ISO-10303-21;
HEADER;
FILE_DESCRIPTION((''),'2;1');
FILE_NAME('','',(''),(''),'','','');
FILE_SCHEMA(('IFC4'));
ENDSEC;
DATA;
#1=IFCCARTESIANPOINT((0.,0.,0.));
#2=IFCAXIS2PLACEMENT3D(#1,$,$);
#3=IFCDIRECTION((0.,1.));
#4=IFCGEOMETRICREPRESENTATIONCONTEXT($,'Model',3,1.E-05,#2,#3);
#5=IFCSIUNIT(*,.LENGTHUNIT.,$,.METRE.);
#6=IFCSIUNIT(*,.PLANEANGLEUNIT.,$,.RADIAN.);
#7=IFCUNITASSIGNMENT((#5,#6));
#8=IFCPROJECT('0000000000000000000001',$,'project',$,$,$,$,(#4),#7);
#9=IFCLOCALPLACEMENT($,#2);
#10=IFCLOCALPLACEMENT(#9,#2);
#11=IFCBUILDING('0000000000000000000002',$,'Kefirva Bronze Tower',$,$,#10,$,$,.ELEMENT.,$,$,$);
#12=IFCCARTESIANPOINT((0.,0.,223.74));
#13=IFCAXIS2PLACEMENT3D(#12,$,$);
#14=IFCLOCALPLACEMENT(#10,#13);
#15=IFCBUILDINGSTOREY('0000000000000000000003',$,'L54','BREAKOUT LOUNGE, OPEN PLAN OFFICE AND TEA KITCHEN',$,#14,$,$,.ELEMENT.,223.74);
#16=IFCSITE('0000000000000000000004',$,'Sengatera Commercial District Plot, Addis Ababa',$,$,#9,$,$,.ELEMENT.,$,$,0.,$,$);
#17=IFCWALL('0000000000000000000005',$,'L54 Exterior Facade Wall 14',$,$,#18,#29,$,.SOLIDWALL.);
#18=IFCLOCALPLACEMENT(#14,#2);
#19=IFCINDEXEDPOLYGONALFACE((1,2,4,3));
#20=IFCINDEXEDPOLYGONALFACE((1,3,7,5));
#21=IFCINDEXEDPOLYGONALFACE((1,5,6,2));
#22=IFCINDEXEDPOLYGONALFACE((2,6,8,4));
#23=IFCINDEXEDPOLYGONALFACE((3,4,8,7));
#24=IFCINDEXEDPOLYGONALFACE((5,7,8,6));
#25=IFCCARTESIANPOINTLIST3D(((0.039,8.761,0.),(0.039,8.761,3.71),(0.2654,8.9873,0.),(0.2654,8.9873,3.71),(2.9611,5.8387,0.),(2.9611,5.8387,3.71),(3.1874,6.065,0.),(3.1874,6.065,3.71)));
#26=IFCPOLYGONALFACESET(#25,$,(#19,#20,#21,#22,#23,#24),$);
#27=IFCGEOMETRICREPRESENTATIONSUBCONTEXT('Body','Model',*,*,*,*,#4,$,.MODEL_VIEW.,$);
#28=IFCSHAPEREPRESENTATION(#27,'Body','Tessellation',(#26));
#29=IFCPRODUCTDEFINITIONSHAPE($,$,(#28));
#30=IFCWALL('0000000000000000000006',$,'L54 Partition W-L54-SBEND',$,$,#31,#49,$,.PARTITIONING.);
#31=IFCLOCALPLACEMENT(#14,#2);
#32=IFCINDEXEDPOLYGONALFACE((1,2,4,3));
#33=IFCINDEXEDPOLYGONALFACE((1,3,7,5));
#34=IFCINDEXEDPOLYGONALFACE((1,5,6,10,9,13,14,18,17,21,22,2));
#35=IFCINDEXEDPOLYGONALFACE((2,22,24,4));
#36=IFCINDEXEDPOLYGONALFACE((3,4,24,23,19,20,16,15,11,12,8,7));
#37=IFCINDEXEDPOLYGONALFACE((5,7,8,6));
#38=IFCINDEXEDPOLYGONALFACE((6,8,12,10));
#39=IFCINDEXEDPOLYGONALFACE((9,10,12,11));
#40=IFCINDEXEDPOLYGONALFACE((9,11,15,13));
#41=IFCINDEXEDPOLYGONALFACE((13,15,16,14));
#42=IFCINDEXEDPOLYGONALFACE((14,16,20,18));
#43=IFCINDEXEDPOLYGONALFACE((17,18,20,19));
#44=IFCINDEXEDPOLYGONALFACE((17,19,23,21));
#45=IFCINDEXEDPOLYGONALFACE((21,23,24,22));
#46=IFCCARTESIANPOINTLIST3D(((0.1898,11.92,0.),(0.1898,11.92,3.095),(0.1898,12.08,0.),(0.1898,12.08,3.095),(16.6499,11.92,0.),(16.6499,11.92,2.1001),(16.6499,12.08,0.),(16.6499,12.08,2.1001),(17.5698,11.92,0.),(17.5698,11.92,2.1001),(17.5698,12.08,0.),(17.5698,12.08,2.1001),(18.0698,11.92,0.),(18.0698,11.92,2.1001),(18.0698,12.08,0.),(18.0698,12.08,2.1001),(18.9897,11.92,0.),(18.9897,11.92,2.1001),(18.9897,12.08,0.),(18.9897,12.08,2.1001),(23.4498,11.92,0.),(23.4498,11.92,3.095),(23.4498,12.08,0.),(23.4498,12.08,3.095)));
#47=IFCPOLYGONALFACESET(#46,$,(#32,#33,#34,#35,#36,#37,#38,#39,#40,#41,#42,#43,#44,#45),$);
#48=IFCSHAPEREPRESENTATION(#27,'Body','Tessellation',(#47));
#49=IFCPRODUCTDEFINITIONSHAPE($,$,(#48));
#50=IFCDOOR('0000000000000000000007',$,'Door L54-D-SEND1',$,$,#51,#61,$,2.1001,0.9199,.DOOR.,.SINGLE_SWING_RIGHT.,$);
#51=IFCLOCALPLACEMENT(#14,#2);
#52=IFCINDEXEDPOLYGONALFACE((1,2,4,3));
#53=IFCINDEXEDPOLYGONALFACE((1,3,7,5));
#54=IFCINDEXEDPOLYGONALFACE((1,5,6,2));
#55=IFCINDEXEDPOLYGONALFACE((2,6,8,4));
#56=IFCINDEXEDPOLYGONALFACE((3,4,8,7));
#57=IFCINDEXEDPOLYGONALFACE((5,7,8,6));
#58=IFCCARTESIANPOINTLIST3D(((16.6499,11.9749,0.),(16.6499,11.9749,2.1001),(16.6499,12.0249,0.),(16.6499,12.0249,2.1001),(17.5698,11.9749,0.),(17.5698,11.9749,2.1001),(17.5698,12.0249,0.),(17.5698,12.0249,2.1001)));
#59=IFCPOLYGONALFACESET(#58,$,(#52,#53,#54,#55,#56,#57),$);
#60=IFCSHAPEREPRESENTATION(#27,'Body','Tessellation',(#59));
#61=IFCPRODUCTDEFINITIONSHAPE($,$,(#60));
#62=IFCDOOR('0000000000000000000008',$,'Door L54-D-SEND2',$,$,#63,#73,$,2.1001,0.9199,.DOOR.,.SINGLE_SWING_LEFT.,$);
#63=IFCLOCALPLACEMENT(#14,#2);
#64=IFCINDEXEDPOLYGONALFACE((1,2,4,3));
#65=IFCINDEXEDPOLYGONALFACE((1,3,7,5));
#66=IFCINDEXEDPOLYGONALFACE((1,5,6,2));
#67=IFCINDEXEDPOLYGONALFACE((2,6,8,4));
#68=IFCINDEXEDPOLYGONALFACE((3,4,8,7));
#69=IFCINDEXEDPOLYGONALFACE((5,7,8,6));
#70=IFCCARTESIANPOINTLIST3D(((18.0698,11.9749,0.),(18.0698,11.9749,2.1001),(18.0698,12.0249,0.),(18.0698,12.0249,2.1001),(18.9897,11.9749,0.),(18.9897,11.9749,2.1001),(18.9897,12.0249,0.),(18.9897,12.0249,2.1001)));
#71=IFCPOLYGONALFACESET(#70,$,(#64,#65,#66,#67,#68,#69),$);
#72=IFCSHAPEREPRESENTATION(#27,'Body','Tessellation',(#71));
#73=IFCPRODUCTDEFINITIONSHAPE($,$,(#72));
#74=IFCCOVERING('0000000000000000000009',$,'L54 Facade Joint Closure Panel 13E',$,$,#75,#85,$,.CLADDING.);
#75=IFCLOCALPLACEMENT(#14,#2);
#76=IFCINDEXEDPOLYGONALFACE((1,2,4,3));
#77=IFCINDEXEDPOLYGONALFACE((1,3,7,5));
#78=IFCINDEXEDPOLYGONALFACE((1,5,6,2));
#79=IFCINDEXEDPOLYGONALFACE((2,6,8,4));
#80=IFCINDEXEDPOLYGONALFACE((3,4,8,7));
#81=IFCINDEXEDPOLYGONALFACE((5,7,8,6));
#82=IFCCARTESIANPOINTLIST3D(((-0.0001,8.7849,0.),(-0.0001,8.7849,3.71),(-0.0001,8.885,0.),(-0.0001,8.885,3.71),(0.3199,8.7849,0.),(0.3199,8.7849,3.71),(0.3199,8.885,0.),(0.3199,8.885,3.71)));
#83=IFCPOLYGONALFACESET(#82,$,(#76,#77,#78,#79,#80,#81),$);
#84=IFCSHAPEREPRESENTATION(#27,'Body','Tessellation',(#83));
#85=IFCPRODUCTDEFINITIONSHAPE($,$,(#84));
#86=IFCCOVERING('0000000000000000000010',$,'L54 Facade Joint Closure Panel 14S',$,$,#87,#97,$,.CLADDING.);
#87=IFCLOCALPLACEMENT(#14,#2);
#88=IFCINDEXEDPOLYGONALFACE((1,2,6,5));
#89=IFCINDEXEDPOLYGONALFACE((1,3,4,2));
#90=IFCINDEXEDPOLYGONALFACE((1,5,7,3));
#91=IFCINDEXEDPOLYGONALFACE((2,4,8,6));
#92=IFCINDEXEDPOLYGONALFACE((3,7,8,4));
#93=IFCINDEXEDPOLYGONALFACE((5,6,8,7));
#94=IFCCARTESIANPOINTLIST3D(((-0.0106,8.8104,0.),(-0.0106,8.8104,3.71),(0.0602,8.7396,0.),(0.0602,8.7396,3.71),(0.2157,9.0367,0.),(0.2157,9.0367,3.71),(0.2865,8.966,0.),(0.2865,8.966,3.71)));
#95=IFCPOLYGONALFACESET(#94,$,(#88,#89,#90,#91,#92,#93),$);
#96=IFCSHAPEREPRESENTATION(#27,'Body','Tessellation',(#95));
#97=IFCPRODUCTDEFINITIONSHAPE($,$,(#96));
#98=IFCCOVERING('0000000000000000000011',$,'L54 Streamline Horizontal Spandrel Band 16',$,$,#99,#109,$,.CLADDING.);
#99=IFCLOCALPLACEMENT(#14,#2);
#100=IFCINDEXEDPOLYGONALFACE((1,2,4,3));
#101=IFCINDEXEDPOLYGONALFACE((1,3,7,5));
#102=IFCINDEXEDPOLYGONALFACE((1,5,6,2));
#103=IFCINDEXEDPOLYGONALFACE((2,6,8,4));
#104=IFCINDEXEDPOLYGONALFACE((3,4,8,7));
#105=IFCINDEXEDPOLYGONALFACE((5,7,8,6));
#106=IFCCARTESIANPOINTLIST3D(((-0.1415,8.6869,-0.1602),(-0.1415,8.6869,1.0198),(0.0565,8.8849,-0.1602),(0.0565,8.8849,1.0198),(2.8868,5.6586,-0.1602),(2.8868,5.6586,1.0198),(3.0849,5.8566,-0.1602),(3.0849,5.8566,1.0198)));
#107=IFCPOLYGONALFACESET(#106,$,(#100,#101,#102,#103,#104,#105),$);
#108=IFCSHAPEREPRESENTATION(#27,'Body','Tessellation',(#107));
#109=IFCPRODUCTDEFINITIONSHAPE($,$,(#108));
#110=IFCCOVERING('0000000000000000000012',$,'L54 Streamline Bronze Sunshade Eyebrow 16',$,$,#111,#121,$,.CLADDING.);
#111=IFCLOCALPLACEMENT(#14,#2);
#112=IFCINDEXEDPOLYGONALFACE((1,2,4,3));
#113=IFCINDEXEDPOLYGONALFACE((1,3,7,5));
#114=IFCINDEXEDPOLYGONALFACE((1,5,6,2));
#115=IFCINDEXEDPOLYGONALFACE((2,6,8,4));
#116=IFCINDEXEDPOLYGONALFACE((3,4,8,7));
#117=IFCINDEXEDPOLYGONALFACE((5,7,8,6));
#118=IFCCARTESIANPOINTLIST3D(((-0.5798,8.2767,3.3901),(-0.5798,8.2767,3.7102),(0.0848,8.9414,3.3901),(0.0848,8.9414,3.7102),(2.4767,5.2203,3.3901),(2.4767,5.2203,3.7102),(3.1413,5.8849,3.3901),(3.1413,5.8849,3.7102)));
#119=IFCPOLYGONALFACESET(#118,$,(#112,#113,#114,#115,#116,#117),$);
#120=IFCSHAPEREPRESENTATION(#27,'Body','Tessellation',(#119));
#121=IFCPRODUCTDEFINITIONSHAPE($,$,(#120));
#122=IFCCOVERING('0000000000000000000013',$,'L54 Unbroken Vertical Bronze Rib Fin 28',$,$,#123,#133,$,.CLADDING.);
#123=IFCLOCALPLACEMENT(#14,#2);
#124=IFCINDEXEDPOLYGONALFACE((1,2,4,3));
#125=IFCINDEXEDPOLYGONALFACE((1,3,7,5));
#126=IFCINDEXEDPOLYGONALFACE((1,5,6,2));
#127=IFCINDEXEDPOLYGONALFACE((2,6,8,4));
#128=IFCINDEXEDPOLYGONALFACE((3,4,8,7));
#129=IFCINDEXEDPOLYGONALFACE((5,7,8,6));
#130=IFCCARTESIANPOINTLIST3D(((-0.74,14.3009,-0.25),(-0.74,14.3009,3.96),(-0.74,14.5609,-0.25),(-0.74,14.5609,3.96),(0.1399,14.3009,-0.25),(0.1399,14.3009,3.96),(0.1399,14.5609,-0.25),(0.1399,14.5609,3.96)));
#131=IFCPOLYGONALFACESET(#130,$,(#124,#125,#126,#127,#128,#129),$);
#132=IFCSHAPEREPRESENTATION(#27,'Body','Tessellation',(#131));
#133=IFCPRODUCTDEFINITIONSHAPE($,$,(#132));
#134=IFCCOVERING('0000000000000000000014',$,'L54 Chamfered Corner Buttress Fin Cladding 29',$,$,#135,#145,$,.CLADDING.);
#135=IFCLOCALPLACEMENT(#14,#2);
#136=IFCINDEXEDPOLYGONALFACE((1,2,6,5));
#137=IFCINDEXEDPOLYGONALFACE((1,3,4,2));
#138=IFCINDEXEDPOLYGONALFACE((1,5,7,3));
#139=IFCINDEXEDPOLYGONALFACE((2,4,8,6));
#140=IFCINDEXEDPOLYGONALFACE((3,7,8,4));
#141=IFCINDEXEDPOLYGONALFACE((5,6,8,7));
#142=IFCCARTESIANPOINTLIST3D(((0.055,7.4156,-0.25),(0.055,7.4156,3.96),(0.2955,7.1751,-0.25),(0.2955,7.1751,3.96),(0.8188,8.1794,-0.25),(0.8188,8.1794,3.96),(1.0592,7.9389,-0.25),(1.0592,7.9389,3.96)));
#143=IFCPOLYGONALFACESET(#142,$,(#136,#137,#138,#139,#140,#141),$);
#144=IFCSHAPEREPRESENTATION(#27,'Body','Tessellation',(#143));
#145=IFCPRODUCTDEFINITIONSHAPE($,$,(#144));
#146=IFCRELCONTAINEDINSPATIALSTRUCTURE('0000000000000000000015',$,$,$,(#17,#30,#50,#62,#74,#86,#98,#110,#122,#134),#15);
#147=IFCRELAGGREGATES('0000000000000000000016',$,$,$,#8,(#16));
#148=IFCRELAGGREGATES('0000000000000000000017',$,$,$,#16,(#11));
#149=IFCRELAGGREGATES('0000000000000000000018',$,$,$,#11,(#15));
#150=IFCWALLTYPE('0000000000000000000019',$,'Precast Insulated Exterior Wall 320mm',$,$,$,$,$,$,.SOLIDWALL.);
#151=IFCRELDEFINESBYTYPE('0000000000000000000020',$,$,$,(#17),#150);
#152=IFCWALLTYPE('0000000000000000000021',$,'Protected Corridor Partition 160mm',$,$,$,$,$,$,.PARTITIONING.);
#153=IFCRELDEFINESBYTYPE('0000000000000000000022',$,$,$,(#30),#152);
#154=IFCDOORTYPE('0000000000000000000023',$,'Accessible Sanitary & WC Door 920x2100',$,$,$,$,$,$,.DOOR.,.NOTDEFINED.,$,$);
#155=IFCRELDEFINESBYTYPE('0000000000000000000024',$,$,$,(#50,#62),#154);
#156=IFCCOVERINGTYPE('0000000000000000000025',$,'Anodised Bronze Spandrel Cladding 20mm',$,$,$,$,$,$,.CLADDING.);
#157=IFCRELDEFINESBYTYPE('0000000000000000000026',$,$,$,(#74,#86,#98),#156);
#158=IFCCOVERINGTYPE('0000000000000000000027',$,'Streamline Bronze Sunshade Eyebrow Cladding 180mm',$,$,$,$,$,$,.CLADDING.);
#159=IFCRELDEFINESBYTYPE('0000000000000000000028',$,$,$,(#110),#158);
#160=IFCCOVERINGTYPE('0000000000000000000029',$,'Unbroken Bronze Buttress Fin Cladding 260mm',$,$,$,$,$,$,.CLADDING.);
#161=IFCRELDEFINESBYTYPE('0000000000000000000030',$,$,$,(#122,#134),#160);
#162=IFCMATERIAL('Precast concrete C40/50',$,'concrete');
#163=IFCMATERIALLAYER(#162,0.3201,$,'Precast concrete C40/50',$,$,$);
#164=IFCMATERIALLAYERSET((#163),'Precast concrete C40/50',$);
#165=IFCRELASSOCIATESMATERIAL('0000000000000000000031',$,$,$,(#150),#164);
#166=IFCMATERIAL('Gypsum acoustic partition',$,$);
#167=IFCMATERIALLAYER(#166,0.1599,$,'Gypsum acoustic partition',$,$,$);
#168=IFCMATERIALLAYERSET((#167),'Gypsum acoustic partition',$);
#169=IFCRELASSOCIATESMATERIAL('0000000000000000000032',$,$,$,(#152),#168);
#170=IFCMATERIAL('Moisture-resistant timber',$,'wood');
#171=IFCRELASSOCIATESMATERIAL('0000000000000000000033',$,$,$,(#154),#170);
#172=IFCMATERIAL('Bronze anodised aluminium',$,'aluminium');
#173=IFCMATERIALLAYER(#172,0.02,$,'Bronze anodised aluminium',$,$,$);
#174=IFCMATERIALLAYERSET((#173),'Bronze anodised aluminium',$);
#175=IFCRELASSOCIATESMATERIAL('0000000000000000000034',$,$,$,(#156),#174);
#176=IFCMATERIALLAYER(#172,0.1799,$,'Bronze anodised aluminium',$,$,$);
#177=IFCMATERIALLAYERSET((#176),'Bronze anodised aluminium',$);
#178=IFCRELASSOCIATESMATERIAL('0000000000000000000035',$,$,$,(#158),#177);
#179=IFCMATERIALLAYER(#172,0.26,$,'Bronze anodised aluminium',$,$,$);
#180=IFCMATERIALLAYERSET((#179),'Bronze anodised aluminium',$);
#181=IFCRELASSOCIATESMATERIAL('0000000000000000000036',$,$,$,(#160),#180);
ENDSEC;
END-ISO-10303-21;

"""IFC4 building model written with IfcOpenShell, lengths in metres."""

from ifc_helpers import new_model, si_unit, direction, frame, frame_2d, origin, origin_2d, place, context, subcontext, project, spatial, rectangle, extrude, material, layer, layer_set, type_object, element, fill, save


model = new_model("IFC4")

# Units and contexts
model_context = context("Model", 3, precision=1e-05, world=origin(), true_north=direction((0.0, 1.0)))
body_context = subcontext(model_context, "Body", "Model", "MODEL_VIEW")
ifc_project = project(units=[si_unit("LENGTHUNIT", "METRE"), si_unit("PLANEANGLEUNIT", "RADIAN")], contexts=[model_context])

# Site, building, storey
site_placement = place(None, origin())
site = spatial("IfcSite", under=ifc_project, at=site_placement, Name="Sengatera Commercial District Plot, Addis Ababa", CompositionType="ELEMENT", RefElevation=0.0)
building_placement = place(site_placement, origin())
building = spatial("IfcBuilding", under=site, at=building_placement, Name="Kefirva Bronze Tower", CompositionType="ELEMENT")
storey_placement = place(building_placement, frame((0.0, 0.0, 223.74)))
storey = spatial("IfcBuildingStorey", under=building, at=storey_placement, Name="L54", Description="BREAKOUT LOUNGE, OPEN PLAN OFFICE AND TEA KITCHEN", CompositionType="ELEMENT", Elevation=223.74)

# Wall
ifc_material_1 = material(Name="Gypsum acoustic partition")
ifc_material_2 = material(Name="Precast concrete C40/50", Category="concrete")
ifc_layer_1 = layer(ifc_material_2, 0.3201, Name="Precast concrete C40/50")
ifc_layer_set_1 = layer_set([ifc_layer_1], Name="Precast concrete C40/50")
wall_type_1 = type_object("IfcWallType", Name="Precast Insulated Exterior Wall 320mm", PredefinedType="SOLIDWALL", material=ifc_layer_set_1)
wall_1_placement = place(storey_placement, frame((0.1521, 8.8743, 0.0), z_axis=(0.0, 0.0, 1.0), x_axis=(0.707077, -0.707136, 0.0)))
element("IfcWall", 1, at=wall_1_placement, inside=storey, type_object=wall_type_1, Name="L54 Exterior Facade Wall 14", PredefinedType="SOLIDWALL", context=body_context, shape_type="SweptSolid", body=[
    extrude(rectangle(XDim=4.1326, YDim=0.3201, at=frame_2d((2.0664, 0.0))), origin(), (0.0, 0.0, 1.0), 3.71),
])

# Wall, openings, doors
ifc_layer_2 = layer(ifc_material_1, 0.1599, Name="Gypsum acoustic partition")
ifc_layer_set_2 = layer_set([ifc_layer_2], Name="Gypsum acoustic partition")
wall_type_2 = type_object("IfcWallType", Name="Protected Corridor Partition 160mm", PredefinedType="PARTITIONING", material=ifc_layer_set_2)
wall_2_placement = place(storey_placement, frame((0.1899, 12.0, 0.0), z_axis=(0.0, 0.0, 1.0), x_axis=(1.0, 0.0, 0.0)))
wall_2 = element("IfcWall", 2, at=wall_2_placement, inside=storey, type_object=wall_type_2, Name="L54 Partition W-L54-SBEND", PredefinedType="PARTITIONING", context=body_context, shape_type="SweptSolid", body=[
    extrude(rectangle(XDim=23.26, YDim=0.1599, at=frame_2d((11.6299, 0.0))), origin(), (0.0, 0.0, 1.0), 3.095),
])
opening_1_placement = place(wall_2_placement, frame((16.46, 0.0, 0.0)))
opening_1 = element("IfcOpeningElement", 3, at=opening_1_placement, cuts=wall_2, PredefinedType="OPENING", context=body_context, shape_type="SweptSolid", body=[
    extrude(rectangle(XDim=0.9199, YDim=2.1001, at=frame_2d((0.46, 1.05))), frame((0.0, 0.0898, 0.0), z_axis=(0.0, -1.0, 0.0), x_axis=(1.0, 0.0, 0.0)), (0.0, 0.0, 1.0), 0.1799),
])
opening_2_placement = place(wall_2_placement, frame((17.8799, 0.0, 0.0)))
opening_2 = element("IfcOpeningElement", 4, at=opening_2_placement, cuts=wall_2, PredefinedType="OPENING", context=body_context, shape_type="SweptSolid", body=[
    extrude(rectangle(XDim=0.9199, YDim=2.1001, at=frame_2d((0.46, 1.05))), frame((0.0, 0.0898, 0.0), z_axis=(0.0, -1.0, 0.0), x_axis=(1.0, 0.0, 0.0)), (0.0, 0.0, 1.0), 0.1799),
])
ifc_material_3 = material(Name="Moisture-resistant timber", Category="wood")
door_type = type_object("IfcDoorType", Name="Accessible Sanitary & WC Door 920x2100", OperationType="NOTDEFINED", PredefinedType="DOOR", material=ifc_material_3)
door_1_placement = place(opening_1_placement, origin())
door_1 = element("IfcDoor", 5, at=door_1_placement, inside=storey, type_object=door_type, Name="Door L54-D-SEND1", OperationType="SINGLE_SWING_RIGHT", OverallHeight=2.1001, OverallWidth=0.9199, PredefinedType="DOOR", context=body_context, shape_type="SweptSolid", body=[
    extrude(rectangle(XDim=0.9199, YDim=2.1001, at=frame_2d((0.46, 1.05))), frame((0.0, 0.0249, 0.0), z_axis=(0.0, -1.0, 0.0), x_axis=(1.0, 0.0, 0.0)), (0.0, 0.0, 1.0), 0.05),
])
fill(opening_1, door_1)
door_2_placement = place(opening_2_placement, origin())
door_2 = element("IfcDoor", 6, at=door_2_placement, inside=storey, type_object=door_type, Name="Door L54-D-SEND2", OperationType="SINGLE_SWING_LEFT", OverallHeight=2.1001, OverallWidth=0.9199, PredefinedType="DOOR", context=body_context, shape_type="SweptSolid", body=[
    extrude(rectangle(XDim=0.9199, YDim=2.1001, at=frame_2d((0.46, 1.05))), frame((0.0, 0.0249, 0.0), z_axis=(0.0, -1.0, 0.0), x_axis=(1.0, 0.0, 0.0)), (0.0, 0.0, 1.0), 0.05),
])
fill(opening_2, door_2)

# Coverings
ifc_material_4 = material(Name="Bronze anodised aluminium", Category="aluminium")
ifc_layer_3 = layer(ifc_material_4, 0.02, Name="Bronze anodised aluminium")
ifc_layer_set_3 = layer_set([ifc_layer_3], Name="Bronze anodised aluminium")
covering_type_1 = type_object("IfcCoveringType", Name="Anodised Bronze Spandrel Cladding 20mm", PredefinedType="CLADDING", material=ifc_layer_set_3)
for number, where, z_axis, x_axis, name in (
    (7, (0.1599, 8.835, 0.0), (0.0, 0.0, 1.0), (0.0, -1.0, 0.0), "L54 Facade Joint Closure Panel 13E"),
    (8, (0.1379, 8.8882, 0.0), (0.0, 0.0, 1.0), (0.707107, -0.707107, 0.0), "L54 Facade Joint Closure Panel 14S"),
):
    element("IfcCovering", number, at=place(storey_placement, frame(where, z_axis=z_axis, x_axis=x_axis)), inside=storey, type_object=covering_type_1, Name=name, PredefinedType="CLADDING", context=body_context, shape_type="SweptSolid", body=[
        extrude(rectangle(XDim=0.1001, YDim=0.3201, at=origin_2d()), origin(), (0.0, 0.0, 1.0), 3.71),
    ])
covering_1_placement = place(storey_placement, frame((1.4717, 7.2717, -0.1602), z_axis=(0.0, 0.0, 1.0), x_axis=(0.707107, -0.707107, 0.0)))
element("IfcCovering", 9, at=covering_1_placement, inside=storey, type_object=covering_type_1, Name="L54 Streamline Horizontal Spandrel Band 16", PredefinedType="CLADDING", context=body_context, shape_type="SweptSolid", body=[
    extrude(rectangle(XDim=4.2827, YDim=0.28, at=origin_2d()), origin(), (0.0, 0.0, 1.0), 1.1799),
])
ifc_layer_4 = layer(ifc_material_4, 0.1799, Name="Bronze anodised aluminium")
ifc_layer_set_4 = layer_set([ifc_layer_4], Name="Bronze anodised aluminium")
covering_type_2 = type_object("IfcCoveringType", Name="Streamline Bronze Sunshade Eyebrow Cladding 180mm", PredefinedType="CLADDING", material=ifc_layer_set_4)
covering_2_placement = place(storey_placement, frame((1.2808, 7.0808, 3.3901), z_axis=(0.0, 0.0, 1.0), x_axis=(0.707107, -0.707107, 0.0)))
element("IfcCovering", 10, at=covering_2_placement, inside=storey, type_object=covering_type_2, Name="L54 Streamline Bronze Sunshade Eyebrow 16", PredefinedType="CLADDING", context=body_context, shape_type="SweptSolid", body=[
    extrude(rectangle(XDim=4.3225, YDim=0.9399, at=origin_2d()), origin(), (0.0, 0.0, 1.0), 0.3201),
])
ifc_layer_5 = layer(ifc_material_4, 0.26, Name="Bronze anodised aluminium")
ifc_layer_set_5 = layer_set([ifc_layer_5], Name="Bronze anodised aluminium")
covering_type_3 = type_object("IfcCoveringType", Name="Unbroken Bronze Buttress Fin Cladding 260mm", PredefinedType="CLADDING", material=ifc_layer_set_5)
covering_3_placement = place(storey_placement, frame((-0.3, 14.4309, -0.25), z_axis=(0.0, 0.0, 1.0), x_axis=(0.0, -1.0, 0.0)))
element("IfcCovering", 11, at=covering_3_placement, inside=storey, type_object=covering_type_3, Name="L54 Unbroken Vertical Bronze Rib Fin 28", PredefinedType="CLADDING", context=body_context, shape_type="SweptSolid", body=[
    extrude(rectangle(XDim=0.26, YDim=0.8799, at=origin_2d()), origin(), (0.0, 0.0, 1.0), 4.21),
])
covering_4_placement = place(storey_placement, frame((0.5571, 7.6772, -0.25), z_axis=(0.0, 0.0, 1.0), x_axis=(0.707107, -0.707107, 0.0)))
element("IfcCovering", 12, at=covering_4_placement, inside=storey, type_object=covering_type_3, Name="L54 Chamfered Corner Buttress Fin Cladding 29", PredefinedType="CLADDING", context=body_context, shape_type="SweptSolid", body=[
    extrude(rectangle(XDim=0.3401, YDim=1.0801, at=origin_2d()), origin(), (0.0, 0.0, 1.0), 4.21),
])

save(model, "model.ifc")
